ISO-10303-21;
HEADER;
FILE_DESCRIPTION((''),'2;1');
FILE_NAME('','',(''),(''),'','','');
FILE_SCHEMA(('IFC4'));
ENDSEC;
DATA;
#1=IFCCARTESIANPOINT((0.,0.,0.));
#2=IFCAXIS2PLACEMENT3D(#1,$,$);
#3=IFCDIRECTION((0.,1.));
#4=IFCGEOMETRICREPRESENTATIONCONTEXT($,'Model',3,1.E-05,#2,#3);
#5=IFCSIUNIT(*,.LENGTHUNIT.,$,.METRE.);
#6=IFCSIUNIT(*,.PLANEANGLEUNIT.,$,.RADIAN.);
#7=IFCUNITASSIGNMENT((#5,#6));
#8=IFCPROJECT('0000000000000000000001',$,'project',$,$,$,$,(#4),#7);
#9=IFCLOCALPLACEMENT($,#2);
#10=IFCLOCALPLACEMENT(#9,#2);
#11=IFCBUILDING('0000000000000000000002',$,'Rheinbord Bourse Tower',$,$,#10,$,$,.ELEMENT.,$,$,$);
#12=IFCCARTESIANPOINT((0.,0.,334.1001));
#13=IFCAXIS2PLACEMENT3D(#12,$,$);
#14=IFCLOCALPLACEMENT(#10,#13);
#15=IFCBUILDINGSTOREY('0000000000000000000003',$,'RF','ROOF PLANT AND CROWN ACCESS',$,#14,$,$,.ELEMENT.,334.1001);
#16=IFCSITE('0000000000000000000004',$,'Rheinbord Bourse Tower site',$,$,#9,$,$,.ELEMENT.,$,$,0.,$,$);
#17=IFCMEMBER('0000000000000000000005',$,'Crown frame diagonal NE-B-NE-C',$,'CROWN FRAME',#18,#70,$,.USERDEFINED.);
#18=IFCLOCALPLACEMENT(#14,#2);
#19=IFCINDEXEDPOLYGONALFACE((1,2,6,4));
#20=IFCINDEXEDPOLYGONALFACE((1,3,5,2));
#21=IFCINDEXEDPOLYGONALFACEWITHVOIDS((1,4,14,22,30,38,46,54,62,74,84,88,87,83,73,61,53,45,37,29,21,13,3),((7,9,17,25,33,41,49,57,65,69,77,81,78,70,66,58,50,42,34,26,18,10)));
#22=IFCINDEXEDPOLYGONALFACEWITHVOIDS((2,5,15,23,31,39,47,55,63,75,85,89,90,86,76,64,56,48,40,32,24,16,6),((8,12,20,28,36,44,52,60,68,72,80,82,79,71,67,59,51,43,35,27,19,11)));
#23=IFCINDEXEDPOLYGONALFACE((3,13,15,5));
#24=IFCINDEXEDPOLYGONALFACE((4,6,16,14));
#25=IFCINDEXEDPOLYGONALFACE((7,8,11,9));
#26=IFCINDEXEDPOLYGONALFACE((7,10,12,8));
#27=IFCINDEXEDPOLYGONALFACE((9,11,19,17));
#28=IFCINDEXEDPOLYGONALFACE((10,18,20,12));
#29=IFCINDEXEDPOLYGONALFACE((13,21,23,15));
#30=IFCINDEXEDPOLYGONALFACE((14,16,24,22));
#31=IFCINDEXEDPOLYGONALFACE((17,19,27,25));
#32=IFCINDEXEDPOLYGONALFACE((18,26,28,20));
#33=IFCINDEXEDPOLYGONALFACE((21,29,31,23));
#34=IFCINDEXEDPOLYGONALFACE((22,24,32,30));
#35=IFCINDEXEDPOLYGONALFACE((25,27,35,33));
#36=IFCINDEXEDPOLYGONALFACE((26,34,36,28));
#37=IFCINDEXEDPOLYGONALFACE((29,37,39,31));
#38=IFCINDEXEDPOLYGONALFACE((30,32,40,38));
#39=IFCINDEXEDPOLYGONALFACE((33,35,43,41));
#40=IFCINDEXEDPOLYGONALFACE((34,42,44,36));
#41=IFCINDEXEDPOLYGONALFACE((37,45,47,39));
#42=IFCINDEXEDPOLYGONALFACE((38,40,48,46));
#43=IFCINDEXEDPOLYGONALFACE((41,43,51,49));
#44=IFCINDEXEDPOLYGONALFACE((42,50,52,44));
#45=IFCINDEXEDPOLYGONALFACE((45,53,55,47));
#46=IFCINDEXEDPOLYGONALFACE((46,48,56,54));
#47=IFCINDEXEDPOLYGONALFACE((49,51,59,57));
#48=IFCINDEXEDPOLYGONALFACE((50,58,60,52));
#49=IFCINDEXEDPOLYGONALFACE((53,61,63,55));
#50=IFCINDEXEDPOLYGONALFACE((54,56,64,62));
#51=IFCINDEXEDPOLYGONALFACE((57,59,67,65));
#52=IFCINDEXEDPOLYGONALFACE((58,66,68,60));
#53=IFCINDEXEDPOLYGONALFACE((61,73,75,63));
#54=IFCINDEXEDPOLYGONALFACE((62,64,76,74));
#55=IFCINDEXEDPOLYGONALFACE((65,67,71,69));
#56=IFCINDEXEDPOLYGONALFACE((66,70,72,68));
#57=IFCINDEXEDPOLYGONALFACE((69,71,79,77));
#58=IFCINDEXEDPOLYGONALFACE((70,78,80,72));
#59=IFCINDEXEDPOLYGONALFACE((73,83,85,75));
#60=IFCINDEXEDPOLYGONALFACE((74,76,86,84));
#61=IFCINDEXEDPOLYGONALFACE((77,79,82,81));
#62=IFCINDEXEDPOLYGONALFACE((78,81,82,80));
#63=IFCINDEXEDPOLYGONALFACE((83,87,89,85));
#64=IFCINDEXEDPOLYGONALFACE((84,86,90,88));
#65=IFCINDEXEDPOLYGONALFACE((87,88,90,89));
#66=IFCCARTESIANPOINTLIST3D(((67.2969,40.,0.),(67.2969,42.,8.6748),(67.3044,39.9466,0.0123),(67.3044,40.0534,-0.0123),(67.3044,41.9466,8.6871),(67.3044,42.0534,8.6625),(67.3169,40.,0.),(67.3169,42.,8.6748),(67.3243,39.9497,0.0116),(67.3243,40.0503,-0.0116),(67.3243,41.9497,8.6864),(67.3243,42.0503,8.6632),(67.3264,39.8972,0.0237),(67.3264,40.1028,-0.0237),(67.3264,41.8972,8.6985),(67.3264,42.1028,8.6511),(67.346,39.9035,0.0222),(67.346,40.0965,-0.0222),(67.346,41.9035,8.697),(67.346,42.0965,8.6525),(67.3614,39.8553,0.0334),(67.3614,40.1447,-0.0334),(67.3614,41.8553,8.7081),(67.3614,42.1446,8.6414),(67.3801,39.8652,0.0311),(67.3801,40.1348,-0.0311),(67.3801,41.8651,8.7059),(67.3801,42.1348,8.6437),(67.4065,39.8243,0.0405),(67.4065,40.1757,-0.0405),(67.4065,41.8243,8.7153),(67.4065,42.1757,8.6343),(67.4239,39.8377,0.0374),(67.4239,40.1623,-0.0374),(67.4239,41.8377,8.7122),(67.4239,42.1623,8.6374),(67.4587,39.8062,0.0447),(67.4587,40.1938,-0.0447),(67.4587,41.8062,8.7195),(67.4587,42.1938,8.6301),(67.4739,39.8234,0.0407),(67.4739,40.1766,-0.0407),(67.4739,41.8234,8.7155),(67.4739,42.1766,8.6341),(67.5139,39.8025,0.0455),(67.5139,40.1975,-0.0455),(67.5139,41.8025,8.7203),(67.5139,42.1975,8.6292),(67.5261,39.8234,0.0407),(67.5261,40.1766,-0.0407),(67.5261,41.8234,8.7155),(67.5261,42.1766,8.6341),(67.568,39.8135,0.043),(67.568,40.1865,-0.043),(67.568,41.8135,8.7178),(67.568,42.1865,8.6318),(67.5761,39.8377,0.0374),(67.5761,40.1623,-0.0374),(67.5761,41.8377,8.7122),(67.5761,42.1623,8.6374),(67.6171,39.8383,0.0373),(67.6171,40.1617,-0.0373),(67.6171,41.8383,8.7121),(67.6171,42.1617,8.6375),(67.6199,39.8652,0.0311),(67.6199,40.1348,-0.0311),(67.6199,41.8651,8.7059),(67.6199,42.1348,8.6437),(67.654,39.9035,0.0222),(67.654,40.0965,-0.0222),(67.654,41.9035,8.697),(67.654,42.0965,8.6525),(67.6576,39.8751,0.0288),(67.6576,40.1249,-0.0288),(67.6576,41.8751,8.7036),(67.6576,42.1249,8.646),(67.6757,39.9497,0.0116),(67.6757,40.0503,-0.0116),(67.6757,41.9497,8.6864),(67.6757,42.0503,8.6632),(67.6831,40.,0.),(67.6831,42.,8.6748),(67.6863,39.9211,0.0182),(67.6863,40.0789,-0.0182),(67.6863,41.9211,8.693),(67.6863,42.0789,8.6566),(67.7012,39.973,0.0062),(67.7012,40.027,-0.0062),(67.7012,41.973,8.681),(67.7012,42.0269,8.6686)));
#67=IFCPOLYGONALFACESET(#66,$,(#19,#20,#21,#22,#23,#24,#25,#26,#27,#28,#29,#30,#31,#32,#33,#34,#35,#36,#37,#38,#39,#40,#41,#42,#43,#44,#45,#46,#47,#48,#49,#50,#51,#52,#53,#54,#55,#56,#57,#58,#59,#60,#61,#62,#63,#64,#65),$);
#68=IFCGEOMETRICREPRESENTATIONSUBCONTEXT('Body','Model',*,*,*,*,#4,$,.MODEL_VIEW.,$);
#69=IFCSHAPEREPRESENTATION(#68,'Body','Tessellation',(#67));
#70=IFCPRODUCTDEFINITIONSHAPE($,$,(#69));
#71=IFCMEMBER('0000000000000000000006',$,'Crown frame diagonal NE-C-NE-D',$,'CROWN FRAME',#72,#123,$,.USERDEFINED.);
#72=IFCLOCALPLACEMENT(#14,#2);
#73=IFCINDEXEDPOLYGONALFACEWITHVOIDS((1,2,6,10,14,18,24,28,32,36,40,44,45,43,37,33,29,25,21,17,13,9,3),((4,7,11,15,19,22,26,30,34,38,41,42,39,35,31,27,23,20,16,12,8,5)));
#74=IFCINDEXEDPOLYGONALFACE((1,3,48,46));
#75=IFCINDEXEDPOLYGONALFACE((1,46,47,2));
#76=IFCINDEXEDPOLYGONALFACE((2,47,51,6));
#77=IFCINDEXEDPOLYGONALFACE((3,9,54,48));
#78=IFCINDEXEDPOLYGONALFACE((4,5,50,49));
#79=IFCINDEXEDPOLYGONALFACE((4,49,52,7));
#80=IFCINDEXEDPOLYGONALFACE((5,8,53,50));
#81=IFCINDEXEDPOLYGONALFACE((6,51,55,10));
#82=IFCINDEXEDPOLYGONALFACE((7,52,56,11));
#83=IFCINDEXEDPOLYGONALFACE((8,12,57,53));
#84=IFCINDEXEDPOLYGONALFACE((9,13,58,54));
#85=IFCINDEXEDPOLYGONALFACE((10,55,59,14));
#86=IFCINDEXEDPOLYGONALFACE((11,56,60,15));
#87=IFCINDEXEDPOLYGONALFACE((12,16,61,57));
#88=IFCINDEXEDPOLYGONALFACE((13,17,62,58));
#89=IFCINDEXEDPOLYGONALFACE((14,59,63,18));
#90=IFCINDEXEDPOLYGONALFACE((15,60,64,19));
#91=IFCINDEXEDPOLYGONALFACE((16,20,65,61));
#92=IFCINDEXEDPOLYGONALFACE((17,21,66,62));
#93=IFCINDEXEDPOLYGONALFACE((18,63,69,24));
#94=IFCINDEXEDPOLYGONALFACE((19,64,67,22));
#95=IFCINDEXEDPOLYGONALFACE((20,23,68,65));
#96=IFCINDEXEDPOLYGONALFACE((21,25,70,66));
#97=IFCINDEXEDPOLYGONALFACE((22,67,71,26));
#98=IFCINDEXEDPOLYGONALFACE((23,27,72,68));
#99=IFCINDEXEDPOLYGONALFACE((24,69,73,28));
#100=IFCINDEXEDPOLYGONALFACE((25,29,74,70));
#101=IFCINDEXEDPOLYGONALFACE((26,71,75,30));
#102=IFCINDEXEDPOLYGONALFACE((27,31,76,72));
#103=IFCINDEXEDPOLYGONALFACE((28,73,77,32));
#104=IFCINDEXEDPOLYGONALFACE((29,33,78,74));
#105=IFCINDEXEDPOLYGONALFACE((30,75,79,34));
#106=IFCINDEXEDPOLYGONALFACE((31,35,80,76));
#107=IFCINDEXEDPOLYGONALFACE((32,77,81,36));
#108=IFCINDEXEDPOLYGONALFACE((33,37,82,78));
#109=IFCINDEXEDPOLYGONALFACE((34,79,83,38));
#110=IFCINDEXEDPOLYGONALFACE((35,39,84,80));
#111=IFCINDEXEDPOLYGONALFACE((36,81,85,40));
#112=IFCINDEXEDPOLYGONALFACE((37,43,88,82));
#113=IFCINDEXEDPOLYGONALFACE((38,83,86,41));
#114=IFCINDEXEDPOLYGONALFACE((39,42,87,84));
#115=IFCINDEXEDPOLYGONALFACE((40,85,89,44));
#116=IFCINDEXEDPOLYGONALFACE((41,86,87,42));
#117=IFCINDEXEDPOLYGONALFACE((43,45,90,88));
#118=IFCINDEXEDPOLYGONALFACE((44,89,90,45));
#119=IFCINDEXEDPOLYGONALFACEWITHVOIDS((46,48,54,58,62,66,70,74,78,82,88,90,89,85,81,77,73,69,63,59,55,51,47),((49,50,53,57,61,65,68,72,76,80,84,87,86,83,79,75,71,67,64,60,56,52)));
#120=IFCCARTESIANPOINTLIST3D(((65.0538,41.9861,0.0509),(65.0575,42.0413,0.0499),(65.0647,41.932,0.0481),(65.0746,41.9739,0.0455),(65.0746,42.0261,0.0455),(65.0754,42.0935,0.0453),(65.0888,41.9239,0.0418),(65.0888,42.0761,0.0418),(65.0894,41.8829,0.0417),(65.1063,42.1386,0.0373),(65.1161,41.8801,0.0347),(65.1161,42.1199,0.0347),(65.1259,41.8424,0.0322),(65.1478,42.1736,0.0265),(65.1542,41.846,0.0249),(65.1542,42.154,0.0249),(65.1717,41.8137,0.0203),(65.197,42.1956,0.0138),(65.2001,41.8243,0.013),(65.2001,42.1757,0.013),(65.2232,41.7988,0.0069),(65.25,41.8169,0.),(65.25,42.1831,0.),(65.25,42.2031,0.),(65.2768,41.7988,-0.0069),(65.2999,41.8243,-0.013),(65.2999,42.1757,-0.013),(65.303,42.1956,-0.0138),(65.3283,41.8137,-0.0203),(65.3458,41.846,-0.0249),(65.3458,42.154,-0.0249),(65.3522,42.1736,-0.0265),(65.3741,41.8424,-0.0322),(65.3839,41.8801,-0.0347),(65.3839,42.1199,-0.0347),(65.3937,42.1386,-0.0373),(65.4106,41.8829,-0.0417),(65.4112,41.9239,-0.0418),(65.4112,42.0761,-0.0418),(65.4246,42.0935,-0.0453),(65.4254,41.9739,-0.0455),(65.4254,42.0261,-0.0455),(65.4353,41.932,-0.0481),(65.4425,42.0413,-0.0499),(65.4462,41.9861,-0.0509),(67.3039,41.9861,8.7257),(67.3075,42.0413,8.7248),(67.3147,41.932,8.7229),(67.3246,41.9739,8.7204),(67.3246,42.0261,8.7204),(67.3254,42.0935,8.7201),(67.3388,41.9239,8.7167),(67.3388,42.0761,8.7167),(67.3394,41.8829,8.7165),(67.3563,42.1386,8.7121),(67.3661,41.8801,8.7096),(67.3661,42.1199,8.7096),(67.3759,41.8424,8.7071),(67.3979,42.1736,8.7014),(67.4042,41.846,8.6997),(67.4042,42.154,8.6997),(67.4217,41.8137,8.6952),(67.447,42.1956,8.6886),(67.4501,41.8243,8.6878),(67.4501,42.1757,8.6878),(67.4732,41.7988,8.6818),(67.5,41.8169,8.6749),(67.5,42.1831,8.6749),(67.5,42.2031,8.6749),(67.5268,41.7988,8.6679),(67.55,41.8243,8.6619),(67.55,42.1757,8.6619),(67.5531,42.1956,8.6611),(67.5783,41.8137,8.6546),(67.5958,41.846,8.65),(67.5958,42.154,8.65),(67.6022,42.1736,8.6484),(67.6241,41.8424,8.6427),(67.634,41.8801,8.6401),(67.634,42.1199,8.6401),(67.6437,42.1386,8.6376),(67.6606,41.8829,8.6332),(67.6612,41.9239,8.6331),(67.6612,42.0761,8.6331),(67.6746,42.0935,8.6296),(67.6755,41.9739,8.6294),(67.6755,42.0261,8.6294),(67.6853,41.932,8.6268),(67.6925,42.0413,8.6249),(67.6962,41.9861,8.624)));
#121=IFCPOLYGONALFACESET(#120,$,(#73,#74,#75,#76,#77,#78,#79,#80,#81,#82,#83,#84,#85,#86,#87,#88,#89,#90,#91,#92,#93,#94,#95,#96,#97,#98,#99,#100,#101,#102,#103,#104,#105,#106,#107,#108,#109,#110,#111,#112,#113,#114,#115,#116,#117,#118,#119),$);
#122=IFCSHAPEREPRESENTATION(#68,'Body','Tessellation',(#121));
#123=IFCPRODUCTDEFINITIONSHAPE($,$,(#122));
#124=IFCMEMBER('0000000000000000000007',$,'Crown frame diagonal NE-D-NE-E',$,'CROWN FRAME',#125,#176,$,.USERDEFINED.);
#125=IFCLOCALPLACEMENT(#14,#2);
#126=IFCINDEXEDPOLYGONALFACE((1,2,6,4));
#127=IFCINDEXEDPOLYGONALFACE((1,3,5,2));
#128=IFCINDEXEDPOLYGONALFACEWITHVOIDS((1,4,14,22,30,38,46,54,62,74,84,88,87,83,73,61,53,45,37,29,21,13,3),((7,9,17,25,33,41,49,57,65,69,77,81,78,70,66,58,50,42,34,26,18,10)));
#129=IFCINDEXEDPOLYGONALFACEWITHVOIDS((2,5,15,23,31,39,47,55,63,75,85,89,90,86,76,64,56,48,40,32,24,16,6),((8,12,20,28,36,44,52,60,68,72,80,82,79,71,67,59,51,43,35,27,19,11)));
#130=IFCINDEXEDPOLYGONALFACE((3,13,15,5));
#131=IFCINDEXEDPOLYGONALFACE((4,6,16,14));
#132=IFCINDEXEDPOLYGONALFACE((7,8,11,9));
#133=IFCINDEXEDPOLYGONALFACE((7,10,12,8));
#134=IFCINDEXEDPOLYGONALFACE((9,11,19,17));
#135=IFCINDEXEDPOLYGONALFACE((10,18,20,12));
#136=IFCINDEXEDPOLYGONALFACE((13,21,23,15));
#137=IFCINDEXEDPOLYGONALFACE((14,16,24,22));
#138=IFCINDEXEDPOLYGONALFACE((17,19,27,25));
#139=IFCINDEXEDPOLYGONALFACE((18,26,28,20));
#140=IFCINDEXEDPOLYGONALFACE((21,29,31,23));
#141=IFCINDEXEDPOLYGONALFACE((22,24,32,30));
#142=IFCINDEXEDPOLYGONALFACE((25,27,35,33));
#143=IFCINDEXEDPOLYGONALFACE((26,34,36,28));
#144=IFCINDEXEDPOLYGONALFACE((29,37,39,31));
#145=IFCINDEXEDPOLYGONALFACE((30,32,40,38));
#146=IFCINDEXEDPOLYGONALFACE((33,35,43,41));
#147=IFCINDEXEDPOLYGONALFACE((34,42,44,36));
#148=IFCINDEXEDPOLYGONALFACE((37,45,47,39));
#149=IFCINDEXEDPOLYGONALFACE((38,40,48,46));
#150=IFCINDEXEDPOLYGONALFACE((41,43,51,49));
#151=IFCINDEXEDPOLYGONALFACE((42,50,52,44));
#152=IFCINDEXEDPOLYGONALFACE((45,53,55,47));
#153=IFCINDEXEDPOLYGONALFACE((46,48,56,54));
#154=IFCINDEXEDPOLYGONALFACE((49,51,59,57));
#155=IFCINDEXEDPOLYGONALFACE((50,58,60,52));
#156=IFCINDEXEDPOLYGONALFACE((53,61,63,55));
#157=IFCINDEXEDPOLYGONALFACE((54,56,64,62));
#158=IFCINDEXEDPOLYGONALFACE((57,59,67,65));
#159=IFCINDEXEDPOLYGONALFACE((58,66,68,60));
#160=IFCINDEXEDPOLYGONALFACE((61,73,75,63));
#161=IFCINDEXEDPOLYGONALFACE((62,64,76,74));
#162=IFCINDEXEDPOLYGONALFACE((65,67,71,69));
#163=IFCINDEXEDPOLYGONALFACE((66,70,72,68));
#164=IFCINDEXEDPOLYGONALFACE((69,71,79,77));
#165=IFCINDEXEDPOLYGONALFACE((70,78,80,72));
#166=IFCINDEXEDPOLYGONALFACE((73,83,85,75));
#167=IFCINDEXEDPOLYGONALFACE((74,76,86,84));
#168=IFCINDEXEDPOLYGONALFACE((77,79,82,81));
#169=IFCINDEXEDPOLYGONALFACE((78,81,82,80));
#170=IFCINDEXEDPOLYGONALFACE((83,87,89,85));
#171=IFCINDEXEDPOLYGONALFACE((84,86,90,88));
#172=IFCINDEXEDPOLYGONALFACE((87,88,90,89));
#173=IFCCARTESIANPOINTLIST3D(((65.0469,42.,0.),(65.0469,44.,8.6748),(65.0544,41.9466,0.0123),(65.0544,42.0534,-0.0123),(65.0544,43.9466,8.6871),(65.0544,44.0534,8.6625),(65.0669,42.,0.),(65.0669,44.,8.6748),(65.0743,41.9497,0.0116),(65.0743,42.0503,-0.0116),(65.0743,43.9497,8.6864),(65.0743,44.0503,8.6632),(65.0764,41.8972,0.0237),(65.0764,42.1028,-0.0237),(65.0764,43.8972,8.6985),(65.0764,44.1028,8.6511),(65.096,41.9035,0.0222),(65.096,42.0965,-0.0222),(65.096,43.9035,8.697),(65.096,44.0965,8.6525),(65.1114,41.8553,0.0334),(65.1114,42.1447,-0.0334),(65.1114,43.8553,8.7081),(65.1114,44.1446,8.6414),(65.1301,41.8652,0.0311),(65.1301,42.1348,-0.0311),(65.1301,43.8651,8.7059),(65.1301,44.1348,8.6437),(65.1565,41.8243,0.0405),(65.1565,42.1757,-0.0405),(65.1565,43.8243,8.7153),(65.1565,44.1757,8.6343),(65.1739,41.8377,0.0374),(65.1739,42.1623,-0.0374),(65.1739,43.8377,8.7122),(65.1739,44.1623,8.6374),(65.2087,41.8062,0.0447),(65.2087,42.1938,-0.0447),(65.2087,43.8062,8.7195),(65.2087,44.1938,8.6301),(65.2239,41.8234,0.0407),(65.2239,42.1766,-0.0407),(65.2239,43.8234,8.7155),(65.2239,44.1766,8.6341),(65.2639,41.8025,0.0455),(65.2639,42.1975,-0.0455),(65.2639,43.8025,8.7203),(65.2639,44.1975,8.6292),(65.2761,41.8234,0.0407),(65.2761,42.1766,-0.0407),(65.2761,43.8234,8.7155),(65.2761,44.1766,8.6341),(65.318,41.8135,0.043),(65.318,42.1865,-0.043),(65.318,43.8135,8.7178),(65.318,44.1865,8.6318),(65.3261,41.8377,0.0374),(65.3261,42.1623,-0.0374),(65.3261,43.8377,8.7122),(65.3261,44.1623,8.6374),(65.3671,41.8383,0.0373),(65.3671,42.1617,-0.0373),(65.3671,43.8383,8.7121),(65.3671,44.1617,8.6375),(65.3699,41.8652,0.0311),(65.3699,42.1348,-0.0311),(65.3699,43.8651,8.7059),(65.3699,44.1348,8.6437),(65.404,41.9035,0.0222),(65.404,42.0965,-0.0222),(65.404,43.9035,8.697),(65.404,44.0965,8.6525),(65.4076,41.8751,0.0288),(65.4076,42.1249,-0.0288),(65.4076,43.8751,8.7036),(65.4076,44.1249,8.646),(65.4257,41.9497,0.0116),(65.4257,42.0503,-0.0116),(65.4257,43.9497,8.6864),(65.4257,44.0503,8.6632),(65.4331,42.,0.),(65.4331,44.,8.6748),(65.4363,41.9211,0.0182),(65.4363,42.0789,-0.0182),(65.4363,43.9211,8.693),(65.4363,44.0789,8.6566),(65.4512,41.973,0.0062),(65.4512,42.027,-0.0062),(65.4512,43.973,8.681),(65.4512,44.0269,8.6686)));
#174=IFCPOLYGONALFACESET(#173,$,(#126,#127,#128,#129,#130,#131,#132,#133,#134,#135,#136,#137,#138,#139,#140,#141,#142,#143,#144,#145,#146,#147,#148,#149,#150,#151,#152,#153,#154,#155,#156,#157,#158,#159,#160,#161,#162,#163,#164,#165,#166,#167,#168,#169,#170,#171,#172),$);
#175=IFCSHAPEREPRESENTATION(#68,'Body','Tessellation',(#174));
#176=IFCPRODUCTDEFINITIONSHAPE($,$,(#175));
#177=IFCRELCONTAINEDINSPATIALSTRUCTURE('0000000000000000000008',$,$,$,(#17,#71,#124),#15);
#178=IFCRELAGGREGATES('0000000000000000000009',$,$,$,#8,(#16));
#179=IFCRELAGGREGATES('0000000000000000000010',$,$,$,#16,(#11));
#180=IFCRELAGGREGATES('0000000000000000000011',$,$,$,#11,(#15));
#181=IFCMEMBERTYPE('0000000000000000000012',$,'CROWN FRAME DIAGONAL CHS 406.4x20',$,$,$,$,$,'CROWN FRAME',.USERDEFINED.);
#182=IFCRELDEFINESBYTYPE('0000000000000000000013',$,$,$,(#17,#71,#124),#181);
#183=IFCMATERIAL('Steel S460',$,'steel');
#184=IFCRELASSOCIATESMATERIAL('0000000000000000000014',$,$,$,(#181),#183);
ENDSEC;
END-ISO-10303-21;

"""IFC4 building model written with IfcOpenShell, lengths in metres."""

from ifc_helpers import new_model, si_unit, direction, frame, origin, origin_2d, place, context, subcontext, project, spatial, hollow_circle, extrude, material, material_profile, profile_set, type_object, element, save


model = new_model("IFC4")

# Units and contexts
model_context = context("Model", 3, precision=1e-05, world=origin(), true_north=direction((0.0, 1.0)))
body_context = subcontext(model_context, "Body", "Model", "MODEL_VIEW")
ifc_project = project(units=[si_unit("LENGTHUNIT", "METRE"), si_unit("PLANEANGLEUNIT", "RADIAN")], contexts=[model_context])

# Site, building, storey
site_placement = place(None, origin())
site = spatial("IfcSite", under=ifc_project, at=site_placement, Name="Rheinbord Bourse Tower site", CompositionType="ELEMENT", RefElevation=0.0)
building_placement = place(site_placement, origin())
building = spatial("IfcBuilding", under=site, at=building_placement, Name="Rheinbord Bourse Tower", CompositionType="ELEMENT")
storey_placement = place(building_placement, frame((0.0, 0.0, 334.1001)))
storey = spatial("IfcBuildingStorey", under=building, at=storey_placement, Name="RF", Description="ROOF PLANT AND CROWN ACCESS", CompositionType="ELEMENT", Elevation=334.1001)

# Members
ifc_material_1 = material(Name="Steel S460", Category="steel")
ifc_material_profile_1 = material_profile(ifc_material_1, hollow_circle(Radius=0.2031, WallThickness=0.02, at=origin_2d()), Name="CHS 406.4x20")
ifc_profile_set_1 = profile_set([ifc_material_profile_1], Name="Steel S460")
member_type = type_object("IfcMemberType", Name="CROWN FRAME DIAGONAL CHS 406.4x20", ElementType="CROWN FRAME", PredefinedType="USERDEFINED", material=ifc_profile_set_1)
member_1_placement = place(storey_placement, frame((67.5, 40.0, 0.0), z_axis=(0.0, 0.224659, 0.974437), x_axis=(-1.0, 0.0, 0.0)))
element("IfcMember", 1, at=member_1_placement, inside=storey, type_object=member_type, Name="Crown frame diagonal NE-B-NE-C", ObjectType="CROWN FRAME", PredefinedType="USERDEFINED", context=body_context, shape_type="SweptSolid", body=[
    extrude(hollow_circle(Radius=0.2031, WallThickness=0.02, at=origin_2d()), origin(), (0.0, 0.0, 1.0), 8.9023),
])
member_2_placement = place(storey_placement, frame((65.25, 42.0, 0.0), z_axis=(0.251064, 0.0, 0.96797), x_axis=(0.0, 1.0, 0.0)))
element("IfcMember", 2, at=member_2_placement, inside=storey, type_object=member_type, Name="Crown frame diagonal NE-C-NE-D", ObjectType="CROWN FRAME", PredefinedType="USERDEFINED", context=body_context, shape_type="SweptSolid", body=[
    extrude(hollow_circle(Radius=0.2031, WallThickness=0.02, at=origin_2d()), origin(), (0.0, 0.0, 1.0), 8.9619),
])
member_3_placement = place(storey_placement, frame((65.25, 42.0, 0.0), z_axis=(0.0, 0.224659, 0.974437), x_axis=(-1.0, 0.0, 0.0)))
element("IfcMember", 3, at=member_3_placement, inside=storey, type_object=member_type, Name="Crown frame diagonal NE-D-NE-E", ObjectType="CROWN FRAME", PredefinedType="USERDEFINED", context=body_context, shape_type="SweptSolid", body=[
    extrude(hollow_circle(Radius=0.2031, WallThickness=0.02, at=origin_2d()), origin(), (0.0, 0.0, 1.0), 8.9023),
])

save(model, "model.ifc")
